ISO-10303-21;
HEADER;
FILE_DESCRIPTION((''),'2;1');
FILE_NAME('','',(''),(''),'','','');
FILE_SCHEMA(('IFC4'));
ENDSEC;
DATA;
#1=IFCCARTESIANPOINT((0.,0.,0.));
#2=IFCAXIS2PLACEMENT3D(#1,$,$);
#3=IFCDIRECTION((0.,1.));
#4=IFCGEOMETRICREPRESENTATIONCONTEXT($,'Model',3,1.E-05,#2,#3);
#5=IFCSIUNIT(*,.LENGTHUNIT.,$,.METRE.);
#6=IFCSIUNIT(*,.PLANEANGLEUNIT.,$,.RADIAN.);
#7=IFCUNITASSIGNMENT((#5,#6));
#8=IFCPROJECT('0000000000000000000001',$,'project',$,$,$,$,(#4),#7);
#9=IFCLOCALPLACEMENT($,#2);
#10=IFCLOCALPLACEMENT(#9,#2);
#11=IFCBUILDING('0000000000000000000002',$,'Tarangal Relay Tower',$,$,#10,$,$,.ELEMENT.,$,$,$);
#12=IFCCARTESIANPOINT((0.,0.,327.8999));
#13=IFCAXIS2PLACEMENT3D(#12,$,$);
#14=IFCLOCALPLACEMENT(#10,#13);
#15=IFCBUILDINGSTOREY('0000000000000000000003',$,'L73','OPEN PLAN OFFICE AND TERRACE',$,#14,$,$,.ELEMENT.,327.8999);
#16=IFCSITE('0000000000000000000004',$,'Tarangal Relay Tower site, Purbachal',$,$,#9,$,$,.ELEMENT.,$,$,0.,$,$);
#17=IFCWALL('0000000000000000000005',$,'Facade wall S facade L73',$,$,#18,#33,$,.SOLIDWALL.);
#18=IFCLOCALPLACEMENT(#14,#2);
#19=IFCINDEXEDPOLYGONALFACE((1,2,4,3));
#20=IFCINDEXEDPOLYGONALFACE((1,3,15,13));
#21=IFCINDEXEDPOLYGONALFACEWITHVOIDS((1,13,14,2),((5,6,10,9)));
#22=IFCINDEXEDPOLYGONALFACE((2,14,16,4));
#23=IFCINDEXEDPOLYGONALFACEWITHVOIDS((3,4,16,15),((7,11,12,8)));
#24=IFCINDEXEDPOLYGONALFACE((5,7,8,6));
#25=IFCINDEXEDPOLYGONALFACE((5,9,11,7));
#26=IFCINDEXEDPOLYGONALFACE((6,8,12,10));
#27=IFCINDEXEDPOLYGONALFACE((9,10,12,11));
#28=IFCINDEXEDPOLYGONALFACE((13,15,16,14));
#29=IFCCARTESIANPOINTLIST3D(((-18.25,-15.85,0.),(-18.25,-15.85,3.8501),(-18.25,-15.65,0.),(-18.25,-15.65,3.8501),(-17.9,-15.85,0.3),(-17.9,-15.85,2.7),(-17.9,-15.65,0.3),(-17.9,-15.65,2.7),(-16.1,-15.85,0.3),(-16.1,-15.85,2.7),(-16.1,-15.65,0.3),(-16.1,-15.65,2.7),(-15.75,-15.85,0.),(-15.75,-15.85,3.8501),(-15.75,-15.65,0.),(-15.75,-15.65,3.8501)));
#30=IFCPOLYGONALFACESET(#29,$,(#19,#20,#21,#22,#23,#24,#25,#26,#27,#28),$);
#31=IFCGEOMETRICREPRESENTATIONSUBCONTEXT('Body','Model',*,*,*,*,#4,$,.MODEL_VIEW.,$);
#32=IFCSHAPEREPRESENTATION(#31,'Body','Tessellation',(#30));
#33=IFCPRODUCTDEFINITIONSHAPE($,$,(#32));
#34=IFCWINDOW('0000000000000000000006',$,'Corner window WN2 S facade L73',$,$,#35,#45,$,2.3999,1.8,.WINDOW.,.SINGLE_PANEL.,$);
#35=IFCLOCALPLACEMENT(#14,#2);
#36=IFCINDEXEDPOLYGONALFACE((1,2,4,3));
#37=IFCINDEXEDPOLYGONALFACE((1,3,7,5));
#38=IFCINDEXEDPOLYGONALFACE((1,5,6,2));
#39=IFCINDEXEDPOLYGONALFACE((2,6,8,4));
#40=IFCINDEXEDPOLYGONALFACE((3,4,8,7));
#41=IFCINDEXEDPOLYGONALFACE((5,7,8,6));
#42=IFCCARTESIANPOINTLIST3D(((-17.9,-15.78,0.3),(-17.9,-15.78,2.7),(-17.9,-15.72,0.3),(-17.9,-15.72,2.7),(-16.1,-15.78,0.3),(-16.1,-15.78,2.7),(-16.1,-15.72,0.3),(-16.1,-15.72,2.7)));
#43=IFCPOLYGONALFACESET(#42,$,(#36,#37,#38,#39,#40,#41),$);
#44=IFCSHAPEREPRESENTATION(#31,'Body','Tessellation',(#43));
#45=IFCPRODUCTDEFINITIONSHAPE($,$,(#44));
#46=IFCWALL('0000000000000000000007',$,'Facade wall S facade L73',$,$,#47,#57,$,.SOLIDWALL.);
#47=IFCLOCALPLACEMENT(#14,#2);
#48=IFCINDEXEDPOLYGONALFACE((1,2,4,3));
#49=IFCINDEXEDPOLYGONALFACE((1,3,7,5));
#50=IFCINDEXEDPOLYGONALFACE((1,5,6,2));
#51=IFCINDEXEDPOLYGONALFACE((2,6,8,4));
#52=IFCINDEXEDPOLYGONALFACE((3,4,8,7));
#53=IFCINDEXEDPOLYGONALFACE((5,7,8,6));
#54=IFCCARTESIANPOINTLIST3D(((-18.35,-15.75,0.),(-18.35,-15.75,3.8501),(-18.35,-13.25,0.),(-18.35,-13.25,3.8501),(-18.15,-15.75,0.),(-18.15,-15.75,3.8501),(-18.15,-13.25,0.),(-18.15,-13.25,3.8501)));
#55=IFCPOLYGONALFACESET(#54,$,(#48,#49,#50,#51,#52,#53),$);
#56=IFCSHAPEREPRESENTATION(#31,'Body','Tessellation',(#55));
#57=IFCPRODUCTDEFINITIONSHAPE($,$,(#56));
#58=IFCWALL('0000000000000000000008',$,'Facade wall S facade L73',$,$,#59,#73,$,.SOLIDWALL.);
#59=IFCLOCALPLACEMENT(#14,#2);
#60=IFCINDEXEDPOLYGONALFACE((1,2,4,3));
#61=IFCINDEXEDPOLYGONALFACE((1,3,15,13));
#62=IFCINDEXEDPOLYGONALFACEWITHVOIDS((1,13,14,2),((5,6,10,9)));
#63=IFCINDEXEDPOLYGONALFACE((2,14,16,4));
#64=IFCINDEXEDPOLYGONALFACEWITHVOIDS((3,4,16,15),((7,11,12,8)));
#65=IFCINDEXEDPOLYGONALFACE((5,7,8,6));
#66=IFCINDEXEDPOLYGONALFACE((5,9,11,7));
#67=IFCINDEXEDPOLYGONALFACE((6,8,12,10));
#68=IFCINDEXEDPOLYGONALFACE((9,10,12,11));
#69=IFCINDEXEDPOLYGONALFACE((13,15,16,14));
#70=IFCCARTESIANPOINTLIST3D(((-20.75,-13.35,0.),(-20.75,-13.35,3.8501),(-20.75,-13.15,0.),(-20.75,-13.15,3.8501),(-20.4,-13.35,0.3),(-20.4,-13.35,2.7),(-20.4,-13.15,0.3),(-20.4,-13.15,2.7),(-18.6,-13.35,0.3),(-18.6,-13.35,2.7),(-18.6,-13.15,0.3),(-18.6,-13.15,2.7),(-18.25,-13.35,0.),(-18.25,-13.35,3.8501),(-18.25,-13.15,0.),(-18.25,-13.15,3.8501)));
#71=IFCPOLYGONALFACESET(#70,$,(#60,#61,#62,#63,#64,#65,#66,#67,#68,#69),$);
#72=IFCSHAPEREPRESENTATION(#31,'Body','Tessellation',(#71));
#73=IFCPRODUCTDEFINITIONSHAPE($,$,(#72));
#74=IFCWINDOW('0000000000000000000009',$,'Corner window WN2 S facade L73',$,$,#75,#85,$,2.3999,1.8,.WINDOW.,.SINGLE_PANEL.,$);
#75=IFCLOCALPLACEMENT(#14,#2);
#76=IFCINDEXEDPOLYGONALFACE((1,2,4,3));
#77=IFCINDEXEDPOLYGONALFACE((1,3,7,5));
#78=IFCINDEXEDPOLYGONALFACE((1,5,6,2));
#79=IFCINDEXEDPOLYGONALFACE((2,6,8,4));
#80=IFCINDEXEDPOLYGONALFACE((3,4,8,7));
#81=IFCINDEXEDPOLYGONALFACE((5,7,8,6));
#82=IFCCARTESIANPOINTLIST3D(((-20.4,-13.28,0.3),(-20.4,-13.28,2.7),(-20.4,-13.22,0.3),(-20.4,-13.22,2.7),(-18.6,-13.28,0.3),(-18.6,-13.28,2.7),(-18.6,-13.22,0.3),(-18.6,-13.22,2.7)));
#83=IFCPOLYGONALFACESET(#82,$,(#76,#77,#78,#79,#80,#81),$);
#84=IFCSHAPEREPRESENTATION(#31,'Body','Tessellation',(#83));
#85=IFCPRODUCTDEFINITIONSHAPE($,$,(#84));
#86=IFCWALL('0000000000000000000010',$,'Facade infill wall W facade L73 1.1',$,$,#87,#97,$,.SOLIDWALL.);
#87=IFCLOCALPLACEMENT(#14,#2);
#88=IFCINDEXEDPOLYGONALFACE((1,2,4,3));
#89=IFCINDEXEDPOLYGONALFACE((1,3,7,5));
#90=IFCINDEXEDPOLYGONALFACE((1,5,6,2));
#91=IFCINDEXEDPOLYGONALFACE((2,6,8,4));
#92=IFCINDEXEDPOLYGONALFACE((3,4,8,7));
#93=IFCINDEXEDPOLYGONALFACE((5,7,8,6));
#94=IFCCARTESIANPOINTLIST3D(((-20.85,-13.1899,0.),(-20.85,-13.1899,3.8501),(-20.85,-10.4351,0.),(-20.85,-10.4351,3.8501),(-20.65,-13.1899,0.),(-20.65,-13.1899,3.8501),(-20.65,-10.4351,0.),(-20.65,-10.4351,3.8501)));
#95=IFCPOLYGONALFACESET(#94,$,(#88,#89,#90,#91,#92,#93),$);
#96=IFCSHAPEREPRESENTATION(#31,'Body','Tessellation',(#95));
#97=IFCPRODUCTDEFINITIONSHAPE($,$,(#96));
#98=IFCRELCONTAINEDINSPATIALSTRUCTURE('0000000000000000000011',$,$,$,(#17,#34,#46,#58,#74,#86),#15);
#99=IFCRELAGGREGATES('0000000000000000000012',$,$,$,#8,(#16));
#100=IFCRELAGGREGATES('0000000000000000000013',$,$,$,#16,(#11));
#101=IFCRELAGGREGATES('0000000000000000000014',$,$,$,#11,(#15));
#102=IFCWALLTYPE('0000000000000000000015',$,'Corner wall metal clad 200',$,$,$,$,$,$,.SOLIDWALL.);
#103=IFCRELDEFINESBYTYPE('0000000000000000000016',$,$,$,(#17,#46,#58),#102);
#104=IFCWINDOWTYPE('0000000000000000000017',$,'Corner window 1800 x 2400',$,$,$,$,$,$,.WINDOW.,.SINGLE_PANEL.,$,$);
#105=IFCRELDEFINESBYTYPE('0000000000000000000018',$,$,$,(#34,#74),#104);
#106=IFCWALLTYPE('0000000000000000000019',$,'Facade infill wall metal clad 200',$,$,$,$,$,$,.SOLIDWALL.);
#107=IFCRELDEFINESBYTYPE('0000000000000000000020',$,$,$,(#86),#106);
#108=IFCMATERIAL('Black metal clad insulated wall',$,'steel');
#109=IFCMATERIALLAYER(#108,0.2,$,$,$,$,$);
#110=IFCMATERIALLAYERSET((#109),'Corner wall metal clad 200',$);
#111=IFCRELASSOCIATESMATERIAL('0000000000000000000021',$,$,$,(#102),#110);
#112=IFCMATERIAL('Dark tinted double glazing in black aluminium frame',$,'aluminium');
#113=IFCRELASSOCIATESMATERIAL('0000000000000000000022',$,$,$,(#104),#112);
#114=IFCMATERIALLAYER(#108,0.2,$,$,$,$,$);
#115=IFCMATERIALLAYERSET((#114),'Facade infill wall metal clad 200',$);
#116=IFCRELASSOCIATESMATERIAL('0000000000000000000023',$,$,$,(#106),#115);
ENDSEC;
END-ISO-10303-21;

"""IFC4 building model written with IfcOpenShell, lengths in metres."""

from ifc_helpers import new_model, si_unit, direction, frame, frame_2d, origin, place, context, subcontext, project, spatial, rectangle, extrude, material, layer, layer_set, type_object, element, fill, save


model = new_model("IFC4")

# Units and contexts
model_context = context("Model", 3, precision=1e-05, world=origin(), true_north=direction((0.0, 1.0)))
body_context = subcontext(model_context, "Body", "Model", "MODEL_VIEW")
ifc_project = project(units=[si_unit("LENGTHUNIT", "METRE"), si_unit("PLANEANGLEUNIT", "RADIAN")], contexts=[model_context])

# Site, building, storey
site_placement = place(None, origin())
site = spatial("IfcSite", under=ifc_project, at=site_placement, Name="Tarangal Relay Tower site, Purbachal", CompositionType="ELEMENT", RefElevation=0.0)
building_placement = place(site_placement, origin())
building = spatial("IfcBuilding", under=site, at=building_placement, Name="Tarangal Relay Tower", CompositionType="ELEMENT")
storey_placement = place(building_placement, frame((0.0, 0.0, 327.8999)))
storey = spatial("IfcBuildingStorey", under=building, at=storey_placement, Name="L73", Description="OPEN PLAN OFFICE AND TERRACE", CompositionType="ELEMENT", Elevation=327.8999)

# Shared definitions
ifc_material_1 = material(Name="Black metal clad insulated wall", Category="steel")
ifc_layer_1 = layer(ifc_material_1, 0.2)
ifc_layer_set_1 = layer_set([ifc_layer_1], Name="Corner wall metal clad 200")
wall_type_1 = type_object("IfcWallType", Name="Corner wall metal clad 200", PredefinedType="SOLIDWALL", material=ifc_layer_set_1)

# Shared definitions
ifc_material_2 = material(Name="Dark tinted double glazing in black aluminium frame", Category="aluminium")
window_type = type_object("IfcWindowType", Name="Corner window 1800 x 2400", PartitioningType="SINGLE_PANEL", PredefinedType="WINDOW", material=ifc_material_2)

# Wall, opening, window
wall_1_placement = place(storey_placement, frame((-15.75, -15.75, 0.0), z_axis=(0.0, 0.0, 1.0), x_axis=(-1.0, 0.0, 0.0)))
wall_1 = element("IfcWall", 1, at=wall_1_placement, inside=storey, type_object=wall_type_1, Name="Facade wall S facade L73", PredefinedType="SOLIDWALL", context=body_context, shape_type="SweptSolid", body=[
    extrude(rectangle(XDim=2.5, YDim=0.2, at=frame_2d((1.25, 0.0))), origin(), (0.0, 0.0, 1.0), 3.8501),
])
opening_1_placement = place(wall_1_placement, frame((0.3501, 0.0, 0.3)))
opening_1 = element("IfcOpeningElement", 2, at=opening_1_placement, cuts=wall_1, PredefinedType="OPENING", context=body_context, shape_type="SweptSolid", body=[
    extrude(rectangle(XDim=1.8, YDim=2.3999, at=frame_2d((0.8999, 1.2))), frame((0.0, 0.1099, 0.0), z_axis=(0.0, -1.0, 0.0), x_axis=(1.0, 0.0, 0.0)), (0.0, 0.0, 1.0), 0.22),
])
window_1_placement = place(opening_1_placement, origin())
window_1 = element("IfcWindow", 3, at=window_1_placement, inside=storey, type_object=window_type, Name="Corner window WN2 S facade L73", OverallHeight=2.3999, OverallWidth=1.8, PartitioningType="SINGLE_PANEL", PredefinedType="WINDOW", context=body_context, shape_type="SweptSolid", body=[
    extrude(rectangle(XDim=1.8, YDim=2.3999, at=frame_2d((0.8999, 1.2))), frame((0.0, 0.03, 0.0), z_axis=(0.0, -1.0, 0.0), x_axis=(1.0, 0.0, 0.0)), (0.0, 0.0, 1.0), 0.0601),
])
fill(opening_1, window_1)

# Wall
wall_2_placement = place(storey_placement, frame((-18.25, -15.75, 0.0), z_axis=(0.0, 0.0, 1.0), x_axis=(0.0, 1.0, 0.0)))
element("IfcWall", 4, at=wall_2_placement, inside=storey, type_object=wall_type_1, Name="Facade wall S facade L73", PredefinedType="SOLIDWALL", context=body_context, shape_type="SweptSolid", body=[
    extrude(rectangle(XDim=2.5, YDim=0.2, at=frame_2d((1.25, 0.0))), origin(), (0.0, 0.0, 1.0), 3.8501),
])

# Wall, opening, window
wall_3_placement = place(storey_placement, frame((-18.25, -13.25, 0.0), z_axis=(0.0, 0.0, 1.0), x_axis=(-1.0, 0.0, 0.0)))
wall_3 = element("IfcWall", 5, at=wall_3_placement, inside=storey, type_object=wall_type_1, Name="Facade wall S facade L73", PredefinedType="SOLIDWALL", context=body_context, shape_type="SweptSolid", body=[
    extrude(rectangle(XDim=2.5, YDim=0.2, at=frame_2d((1.25, 0.0))), origin(), (0.0, 0.0, 1.0), 3.8501),
])
opening_2_placement = place(wall_3_placement, frame((0.3501, 0.0, 0.3)))
opening_2 = element("IfcOpeningElement", 6, at=opening_2_placement, cuts=wall_3, PredefinedType="OPENING", context=body_context, shape_type="SweptSolid", body=[
    extrude(rectangle(XDim=1.8, YDim=2.3999, at=frame_2d((0.8999, 1.2))), frame((0.0, 0.1099, 0.0), z_axis=(0.0, -1.0, 0.0), x_axis=(1.0, 0.0, 0.0)), (0.0, 0.0, 1.0), 0.22),
])
window_2_placement = place(opening_2_placement, origin())
window_2 = element("IfcWindow", 7, at=window_2_placement, inside=storey, type_object=window_type, Name="Corner window WN2 S facade L73", OverallHeight=2.3999, OverallWidth=1.8, PartitioningType="SINGLE_PANEL", PredefinedType="WINDOW", context=body_context, shape_type="SweptSolid", body=[
    extrude(rectangle(XDim=1.8, YDim=2.3999, at=frame_2d((0.8999, 1.2))), frame((0.0, 0.03, 0.0), z_axis=(0.0, -1.0, 0.0), x_axis=(1.0, 0.0, 0.0)), (0.0, 0.0, 1.0), 0.0601),
])
fill(opening_2, window_2)

# Wall
ifc_layer_2 = layer(ifc_material_1, 0.2)
ifc_layer_set_2 = layer_set([ifc_layer_2], Name="Facade infill wall metal clad 200")
wall_type_2 = type_object("IfcWallType", Name="Facade infill wall metal clad 200", PredefinedType="SOLIDWALL", material=ifc_layer_set_2)
wall_4_placement = place(storey_placement, frame((-20.75, -13.1899, 0.0), z_axis=(0.0, 0.0, 1.0), x_axis=(0.0, 1.0, 0.0)))
element("IfcWall", 8, at=wall_4_placement, inside=storey, type_object=wall_type_2, Name="Facade infill wall W facade L73 1.1", PredefinedType="SOLIDWALL", context=body_context, shape_type="SweptSolid", body=[
    extrude(rectangle(XDim=2.7549, YDim=0.2, at=frame_2d((1.3774, 0.0))), origin(), (0.0, 0.0, 1.0), 3.8501),
])

save(model, "model.ifc")
